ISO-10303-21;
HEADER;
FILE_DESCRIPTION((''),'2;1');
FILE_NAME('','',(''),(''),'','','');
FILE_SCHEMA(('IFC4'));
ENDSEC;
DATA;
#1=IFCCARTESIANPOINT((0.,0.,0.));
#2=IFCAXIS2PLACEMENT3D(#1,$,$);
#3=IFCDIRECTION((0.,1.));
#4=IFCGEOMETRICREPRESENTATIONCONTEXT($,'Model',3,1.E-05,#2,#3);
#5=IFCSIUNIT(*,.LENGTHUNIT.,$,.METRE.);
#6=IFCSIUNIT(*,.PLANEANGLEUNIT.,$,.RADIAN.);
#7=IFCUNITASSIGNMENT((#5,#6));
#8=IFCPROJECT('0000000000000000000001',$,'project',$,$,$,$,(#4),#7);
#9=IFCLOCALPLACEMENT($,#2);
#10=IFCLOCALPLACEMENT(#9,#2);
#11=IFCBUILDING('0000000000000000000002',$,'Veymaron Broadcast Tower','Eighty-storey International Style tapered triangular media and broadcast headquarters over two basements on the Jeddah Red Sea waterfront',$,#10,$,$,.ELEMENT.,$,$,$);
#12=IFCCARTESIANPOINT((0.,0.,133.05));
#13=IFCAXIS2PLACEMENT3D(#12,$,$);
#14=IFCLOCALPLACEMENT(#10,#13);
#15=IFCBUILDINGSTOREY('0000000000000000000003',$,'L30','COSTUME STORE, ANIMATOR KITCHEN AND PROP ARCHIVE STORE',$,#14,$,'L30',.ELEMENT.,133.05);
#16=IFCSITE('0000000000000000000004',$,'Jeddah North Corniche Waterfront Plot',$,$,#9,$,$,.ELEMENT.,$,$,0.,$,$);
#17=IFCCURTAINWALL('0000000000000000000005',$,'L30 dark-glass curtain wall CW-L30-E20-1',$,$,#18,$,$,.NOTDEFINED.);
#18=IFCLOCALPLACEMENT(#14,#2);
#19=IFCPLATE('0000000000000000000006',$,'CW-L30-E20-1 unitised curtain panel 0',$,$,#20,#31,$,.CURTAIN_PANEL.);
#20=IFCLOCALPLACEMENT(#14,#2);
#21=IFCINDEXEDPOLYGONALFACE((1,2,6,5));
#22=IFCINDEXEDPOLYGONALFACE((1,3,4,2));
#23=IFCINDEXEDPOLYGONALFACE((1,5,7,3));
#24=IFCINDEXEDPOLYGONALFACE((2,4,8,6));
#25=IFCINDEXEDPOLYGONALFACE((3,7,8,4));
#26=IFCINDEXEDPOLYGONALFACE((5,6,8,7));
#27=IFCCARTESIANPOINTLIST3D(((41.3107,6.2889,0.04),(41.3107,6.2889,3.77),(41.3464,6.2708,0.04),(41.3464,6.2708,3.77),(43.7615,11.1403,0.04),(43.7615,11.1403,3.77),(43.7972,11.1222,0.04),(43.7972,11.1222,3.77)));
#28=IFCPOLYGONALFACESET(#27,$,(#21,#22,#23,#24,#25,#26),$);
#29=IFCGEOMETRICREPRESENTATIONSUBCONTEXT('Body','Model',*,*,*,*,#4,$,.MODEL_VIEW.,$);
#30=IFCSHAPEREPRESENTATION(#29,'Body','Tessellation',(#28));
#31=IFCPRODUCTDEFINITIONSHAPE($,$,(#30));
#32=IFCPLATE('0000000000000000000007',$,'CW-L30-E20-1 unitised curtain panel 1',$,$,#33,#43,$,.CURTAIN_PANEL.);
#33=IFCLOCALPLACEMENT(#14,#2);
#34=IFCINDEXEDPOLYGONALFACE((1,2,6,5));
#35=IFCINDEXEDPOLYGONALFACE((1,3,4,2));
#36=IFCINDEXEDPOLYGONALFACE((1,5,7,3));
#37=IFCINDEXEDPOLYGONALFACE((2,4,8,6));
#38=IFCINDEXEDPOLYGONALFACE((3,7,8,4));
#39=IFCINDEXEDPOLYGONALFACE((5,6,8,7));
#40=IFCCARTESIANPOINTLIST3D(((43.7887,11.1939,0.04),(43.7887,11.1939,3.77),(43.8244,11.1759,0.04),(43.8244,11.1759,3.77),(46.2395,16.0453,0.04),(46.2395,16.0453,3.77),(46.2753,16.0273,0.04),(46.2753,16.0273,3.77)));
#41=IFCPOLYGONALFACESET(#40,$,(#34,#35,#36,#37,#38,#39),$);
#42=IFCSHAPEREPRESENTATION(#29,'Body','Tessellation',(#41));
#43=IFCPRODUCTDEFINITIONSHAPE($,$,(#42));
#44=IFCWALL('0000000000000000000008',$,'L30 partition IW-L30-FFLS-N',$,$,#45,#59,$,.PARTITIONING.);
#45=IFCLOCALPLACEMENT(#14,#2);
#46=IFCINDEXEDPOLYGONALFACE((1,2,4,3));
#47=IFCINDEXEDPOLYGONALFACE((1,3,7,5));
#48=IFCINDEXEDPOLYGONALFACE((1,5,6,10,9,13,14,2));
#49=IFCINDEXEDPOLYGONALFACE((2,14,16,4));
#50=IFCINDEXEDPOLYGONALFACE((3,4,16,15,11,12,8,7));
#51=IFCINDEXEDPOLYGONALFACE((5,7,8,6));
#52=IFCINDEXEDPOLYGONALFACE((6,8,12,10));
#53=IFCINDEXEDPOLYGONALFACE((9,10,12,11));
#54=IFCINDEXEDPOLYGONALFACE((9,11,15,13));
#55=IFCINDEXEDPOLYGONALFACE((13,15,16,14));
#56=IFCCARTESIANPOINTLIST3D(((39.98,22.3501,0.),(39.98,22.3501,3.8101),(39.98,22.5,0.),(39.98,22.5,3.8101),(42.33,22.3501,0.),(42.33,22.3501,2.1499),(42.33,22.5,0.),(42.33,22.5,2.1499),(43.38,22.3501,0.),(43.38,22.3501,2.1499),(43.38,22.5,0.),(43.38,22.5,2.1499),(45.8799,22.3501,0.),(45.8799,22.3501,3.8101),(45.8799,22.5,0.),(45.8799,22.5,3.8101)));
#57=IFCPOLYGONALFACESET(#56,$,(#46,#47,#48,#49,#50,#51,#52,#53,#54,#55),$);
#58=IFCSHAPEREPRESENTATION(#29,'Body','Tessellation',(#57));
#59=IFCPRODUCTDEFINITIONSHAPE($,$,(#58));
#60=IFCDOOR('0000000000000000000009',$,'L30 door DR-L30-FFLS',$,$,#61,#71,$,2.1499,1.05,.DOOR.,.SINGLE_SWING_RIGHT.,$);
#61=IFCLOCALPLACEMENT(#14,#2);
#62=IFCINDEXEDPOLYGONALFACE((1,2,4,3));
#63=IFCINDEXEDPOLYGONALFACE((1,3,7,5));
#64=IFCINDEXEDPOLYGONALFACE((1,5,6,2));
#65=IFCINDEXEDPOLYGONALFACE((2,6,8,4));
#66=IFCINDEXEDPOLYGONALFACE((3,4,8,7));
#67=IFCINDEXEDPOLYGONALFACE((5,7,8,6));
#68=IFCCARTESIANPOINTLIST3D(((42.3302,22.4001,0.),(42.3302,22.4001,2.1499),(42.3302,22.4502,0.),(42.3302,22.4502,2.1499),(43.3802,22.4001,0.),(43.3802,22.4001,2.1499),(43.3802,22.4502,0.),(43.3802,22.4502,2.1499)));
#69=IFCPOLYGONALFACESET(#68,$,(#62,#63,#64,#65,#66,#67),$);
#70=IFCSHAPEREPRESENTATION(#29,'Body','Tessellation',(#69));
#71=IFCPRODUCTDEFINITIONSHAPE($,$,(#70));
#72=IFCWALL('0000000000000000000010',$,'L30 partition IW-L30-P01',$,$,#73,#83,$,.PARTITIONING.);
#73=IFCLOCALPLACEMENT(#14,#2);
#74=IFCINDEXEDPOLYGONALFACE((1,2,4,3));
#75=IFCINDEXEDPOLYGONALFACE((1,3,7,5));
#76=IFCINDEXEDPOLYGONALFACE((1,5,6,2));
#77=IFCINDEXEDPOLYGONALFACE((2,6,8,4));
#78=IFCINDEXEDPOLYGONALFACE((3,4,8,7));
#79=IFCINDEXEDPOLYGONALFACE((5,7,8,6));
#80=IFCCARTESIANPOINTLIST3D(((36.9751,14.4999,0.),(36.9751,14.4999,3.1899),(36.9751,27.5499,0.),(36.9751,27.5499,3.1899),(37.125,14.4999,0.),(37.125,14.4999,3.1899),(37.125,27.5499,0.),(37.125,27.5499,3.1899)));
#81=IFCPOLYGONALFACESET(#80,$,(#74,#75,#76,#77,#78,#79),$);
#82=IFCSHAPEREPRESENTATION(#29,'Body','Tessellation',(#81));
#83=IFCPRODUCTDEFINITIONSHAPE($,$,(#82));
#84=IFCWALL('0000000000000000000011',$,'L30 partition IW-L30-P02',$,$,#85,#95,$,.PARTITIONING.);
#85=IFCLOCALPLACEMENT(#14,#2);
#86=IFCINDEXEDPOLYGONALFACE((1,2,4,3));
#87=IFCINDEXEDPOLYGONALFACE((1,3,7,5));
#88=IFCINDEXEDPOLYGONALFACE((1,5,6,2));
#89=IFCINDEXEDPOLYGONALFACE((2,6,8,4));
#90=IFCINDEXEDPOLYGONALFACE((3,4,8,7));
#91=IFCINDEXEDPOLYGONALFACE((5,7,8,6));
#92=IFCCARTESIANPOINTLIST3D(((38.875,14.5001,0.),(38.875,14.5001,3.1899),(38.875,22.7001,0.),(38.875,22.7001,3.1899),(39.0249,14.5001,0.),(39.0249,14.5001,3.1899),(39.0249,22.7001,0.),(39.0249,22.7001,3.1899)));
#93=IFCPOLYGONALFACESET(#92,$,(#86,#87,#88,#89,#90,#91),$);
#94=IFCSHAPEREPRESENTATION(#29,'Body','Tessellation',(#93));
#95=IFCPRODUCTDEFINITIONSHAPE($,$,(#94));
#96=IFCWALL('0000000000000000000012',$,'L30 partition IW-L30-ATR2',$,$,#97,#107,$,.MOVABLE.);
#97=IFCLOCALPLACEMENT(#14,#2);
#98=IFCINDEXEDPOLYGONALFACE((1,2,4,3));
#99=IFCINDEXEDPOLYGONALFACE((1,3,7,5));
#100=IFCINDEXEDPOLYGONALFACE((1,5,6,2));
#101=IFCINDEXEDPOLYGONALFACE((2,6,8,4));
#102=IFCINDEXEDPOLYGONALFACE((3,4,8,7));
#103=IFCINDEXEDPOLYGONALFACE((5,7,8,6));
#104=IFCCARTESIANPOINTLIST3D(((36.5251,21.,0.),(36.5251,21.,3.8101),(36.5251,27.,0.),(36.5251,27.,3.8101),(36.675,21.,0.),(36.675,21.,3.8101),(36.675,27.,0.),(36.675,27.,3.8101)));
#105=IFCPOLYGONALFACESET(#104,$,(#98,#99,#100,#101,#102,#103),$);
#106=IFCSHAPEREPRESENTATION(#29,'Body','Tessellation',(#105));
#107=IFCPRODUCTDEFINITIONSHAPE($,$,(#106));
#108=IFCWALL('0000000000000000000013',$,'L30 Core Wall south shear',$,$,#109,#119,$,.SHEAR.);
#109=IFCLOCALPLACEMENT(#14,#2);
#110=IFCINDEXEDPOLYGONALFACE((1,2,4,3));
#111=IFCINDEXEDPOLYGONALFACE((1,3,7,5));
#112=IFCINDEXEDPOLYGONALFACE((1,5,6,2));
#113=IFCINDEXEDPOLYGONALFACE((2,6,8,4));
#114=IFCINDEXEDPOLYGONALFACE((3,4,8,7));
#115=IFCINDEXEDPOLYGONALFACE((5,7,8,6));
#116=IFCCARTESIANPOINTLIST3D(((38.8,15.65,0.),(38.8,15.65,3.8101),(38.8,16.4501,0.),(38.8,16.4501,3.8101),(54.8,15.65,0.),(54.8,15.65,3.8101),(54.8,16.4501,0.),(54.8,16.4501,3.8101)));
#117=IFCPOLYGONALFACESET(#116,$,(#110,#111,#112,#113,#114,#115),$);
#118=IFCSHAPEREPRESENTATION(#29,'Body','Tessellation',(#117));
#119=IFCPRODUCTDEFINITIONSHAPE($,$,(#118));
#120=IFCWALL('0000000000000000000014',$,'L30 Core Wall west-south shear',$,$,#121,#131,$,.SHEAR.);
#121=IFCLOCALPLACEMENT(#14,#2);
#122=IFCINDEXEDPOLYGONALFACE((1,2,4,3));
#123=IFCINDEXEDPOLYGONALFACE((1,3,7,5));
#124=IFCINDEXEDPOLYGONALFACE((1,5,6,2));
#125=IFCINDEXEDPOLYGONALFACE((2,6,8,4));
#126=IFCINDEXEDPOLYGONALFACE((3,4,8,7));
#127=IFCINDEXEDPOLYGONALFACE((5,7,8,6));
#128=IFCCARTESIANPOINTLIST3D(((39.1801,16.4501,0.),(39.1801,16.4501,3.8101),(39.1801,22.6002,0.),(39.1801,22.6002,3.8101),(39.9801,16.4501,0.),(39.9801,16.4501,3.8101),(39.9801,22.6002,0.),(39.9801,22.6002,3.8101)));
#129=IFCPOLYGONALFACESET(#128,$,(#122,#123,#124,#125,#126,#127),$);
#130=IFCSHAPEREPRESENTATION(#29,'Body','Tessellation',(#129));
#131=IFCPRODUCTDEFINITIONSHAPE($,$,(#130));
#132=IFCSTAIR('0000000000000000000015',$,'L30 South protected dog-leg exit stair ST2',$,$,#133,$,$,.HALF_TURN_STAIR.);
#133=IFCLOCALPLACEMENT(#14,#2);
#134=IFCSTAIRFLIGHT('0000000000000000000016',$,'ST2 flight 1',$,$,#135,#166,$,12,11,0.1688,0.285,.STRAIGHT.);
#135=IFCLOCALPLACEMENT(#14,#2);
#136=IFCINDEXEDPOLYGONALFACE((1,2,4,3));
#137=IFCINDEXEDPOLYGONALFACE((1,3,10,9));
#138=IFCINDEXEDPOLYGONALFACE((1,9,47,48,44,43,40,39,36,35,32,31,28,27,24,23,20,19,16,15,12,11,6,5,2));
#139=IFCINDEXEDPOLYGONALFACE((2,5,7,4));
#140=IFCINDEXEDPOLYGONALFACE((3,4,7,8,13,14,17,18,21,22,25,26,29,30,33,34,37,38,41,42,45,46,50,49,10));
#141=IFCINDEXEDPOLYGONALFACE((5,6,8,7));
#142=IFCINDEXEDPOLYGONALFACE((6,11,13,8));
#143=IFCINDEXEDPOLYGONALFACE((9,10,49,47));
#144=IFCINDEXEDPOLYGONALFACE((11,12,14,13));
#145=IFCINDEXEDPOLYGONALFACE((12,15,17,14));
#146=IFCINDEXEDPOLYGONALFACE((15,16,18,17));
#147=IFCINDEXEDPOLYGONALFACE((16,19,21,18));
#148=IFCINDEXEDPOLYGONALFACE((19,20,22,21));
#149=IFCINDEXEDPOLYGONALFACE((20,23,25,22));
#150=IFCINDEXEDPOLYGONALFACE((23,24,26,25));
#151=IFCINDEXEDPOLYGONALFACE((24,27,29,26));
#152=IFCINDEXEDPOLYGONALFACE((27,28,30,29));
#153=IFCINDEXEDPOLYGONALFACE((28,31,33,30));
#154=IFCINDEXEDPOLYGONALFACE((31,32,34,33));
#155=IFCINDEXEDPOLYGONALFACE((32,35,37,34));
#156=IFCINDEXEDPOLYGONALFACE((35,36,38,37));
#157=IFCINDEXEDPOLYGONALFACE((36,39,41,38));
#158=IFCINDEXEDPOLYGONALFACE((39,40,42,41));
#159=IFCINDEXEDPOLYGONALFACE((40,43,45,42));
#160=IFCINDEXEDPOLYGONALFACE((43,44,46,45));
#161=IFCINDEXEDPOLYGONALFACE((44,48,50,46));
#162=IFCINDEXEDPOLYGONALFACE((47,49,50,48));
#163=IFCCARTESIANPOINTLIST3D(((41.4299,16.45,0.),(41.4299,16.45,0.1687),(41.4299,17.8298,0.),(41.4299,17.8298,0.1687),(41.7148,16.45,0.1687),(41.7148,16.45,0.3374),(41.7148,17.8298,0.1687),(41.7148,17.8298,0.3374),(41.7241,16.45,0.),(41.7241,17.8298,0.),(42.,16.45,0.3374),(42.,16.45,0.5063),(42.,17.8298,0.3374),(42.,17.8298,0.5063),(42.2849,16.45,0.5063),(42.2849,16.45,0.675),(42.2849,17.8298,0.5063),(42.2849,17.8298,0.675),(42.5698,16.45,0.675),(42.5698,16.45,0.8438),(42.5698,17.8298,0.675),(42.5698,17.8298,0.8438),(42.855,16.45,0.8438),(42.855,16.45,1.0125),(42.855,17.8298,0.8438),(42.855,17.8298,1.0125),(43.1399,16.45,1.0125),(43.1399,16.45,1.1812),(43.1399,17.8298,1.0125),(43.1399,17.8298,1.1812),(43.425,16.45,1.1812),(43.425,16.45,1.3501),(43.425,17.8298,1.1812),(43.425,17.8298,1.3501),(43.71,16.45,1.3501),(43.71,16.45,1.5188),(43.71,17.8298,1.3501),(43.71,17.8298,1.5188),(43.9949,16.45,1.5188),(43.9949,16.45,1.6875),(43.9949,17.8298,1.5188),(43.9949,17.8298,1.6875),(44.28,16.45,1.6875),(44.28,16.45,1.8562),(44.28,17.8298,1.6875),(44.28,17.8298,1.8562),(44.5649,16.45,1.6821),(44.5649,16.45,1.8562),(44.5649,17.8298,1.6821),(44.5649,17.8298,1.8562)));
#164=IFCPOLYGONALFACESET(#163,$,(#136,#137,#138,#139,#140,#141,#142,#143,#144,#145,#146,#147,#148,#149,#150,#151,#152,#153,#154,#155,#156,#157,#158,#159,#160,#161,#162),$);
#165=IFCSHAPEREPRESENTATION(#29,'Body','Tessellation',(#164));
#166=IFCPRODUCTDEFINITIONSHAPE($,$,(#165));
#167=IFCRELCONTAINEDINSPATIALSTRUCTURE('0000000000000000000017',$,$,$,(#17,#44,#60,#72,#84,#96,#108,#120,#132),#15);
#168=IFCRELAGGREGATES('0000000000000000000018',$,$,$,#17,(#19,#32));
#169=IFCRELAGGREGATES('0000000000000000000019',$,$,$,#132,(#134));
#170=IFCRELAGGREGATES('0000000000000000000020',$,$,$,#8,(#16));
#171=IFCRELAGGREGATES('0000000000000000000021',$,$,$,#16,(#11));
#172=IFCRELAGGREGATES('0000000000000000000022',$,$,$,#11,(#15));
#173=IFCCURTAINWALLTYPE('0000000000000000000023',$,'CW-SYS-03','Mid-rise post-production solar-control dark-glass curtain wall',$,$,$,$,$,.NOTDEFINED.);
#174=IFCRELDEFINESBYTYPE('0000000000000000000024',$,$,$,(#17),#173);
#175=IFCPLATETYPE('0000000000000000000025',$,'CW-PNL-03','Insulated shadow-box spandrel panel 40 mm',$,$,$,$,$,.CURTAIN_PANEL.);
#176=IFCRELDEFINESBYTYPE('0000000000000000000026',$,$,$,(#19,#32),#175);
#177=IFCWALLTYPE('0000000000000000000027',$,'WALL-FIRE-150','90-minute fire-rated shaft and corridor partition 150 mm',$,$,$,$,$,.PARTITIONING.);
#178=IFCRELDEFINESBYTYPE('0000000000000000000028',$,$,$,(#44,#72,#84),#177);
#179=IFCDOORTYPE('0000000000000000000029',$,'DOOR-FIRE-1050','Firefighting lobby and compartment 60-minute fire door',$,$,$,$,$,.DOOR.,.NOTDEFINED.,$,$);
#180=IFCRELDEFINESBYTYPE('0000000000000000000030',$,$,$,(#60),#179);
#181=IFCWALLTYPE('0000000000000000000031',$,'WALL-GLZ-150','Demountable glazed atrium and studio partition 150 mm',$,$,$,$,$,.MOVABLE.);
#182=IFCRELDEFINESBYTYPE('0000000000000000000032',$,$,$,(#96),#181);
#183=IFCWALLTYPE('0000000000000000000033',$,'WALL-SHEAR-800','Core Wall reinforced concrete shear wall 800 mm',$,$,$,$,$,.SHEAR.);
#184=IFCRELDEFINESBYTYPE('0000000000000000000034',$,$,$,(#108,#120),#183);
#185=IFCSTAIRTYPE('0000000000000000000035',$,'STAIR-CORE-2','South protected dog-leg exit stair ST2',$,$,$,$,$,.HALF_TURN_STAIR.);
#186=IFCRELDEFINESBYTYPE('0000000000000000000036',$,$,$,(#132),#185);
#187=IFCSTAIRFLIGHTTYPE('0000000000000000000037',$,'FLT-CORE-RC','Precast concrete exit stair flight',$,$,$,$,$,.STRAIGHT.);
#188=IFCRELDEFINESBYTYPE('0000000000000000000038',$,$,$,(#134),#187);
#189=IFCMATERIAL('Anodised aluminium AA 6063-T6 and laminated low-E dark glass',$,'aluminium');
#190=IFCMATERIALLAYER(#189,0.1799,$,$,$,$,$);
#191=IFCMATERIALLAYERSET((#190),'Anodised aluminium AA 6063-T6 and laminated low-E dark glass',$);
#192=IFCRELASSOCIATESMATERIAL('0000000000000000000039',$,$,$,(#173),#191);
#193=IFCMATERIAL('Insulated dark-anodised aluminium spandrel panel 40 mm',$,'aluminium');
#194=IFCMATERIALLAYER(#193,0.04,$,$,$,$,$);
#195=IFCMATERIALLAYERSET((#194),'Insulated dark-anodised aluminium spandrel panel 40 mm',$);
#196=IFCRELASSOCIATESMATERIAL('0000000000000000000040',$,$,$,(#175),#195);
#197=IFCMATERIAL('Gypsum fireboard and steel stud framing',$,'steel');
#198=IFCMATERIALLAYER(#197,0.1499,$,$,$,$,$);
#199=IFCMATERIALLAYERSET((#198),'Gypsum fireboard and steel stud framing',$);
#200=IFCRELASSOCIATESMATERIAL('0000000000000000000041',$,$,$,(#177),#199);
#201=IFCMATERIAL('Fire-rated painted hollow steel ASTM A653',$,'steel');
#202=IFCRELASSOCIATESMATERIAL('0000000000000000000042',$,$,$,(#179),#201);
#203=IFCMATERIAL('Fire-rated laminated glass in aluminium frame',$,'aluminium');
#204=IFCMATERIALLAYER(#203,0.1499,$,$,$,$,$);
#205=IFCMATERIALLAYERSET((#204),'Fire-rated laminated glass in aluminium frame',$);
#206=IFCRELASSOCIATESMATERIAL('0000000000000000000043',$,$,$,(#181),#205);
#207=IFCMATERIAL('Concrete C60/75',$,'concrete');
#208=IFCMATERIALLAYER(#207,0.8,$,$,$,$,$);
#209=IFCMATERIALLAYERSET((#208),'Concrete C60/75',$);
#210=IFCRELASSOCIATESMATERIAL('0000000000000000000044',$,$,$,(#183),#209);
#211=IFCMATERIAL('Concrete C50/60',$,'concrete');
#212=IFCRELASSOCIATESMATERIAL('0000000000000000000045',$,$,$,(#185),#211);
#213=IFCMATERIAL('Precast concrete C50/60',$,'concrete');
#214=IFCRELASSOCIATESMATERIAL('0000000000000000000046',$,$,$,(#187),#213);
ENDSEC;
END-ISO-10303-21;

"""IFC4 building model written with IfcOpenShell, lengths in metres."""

from ifc_helpers import new_model, si_unit, direction, frame, frame_2d, origin, origin_2d, place, context, subcontext, project, spatial, polyline, rectangle, outline, extrude, material, layer, layer_set, type_object, element, fill, aggregate, save


model = new_model("IFC4")

# Units and contexts
model_context = context("Model", 3, precision=1e-05, world=origin(), true_north=direction((0.0, 1.0)))
body_context = subcontext(model_context, "Body", "Model", "MODEL_VIEW")
ifc_project = project(units=[si_unit("LENGTHUNIT", "METRE"), si_unit("PLANEANGLEUNIT", "RADIAN")], contexts=[model_context])

# Site, building, storey
site_placement = place(None, origin())
site = spatial("IfcSite", under=ifc_project, at=site_placement, Name="Jeddah North Corniche Waterfront Plot", CompositionType="ELEMENT", RefElevation=0.0)
building_placement = place(site_placement, origin())
building = spatial("IfcBuilding", under=site, at=building_placement, Name="Veymaron Broadcast Tower", Description="Eighty-storey International Style tapered triangular media and broadcast headquarters over two basements on the Jeddah Red Sea waterfront", CompositionType="ELEMENT")
storey_placement = place(building_placement, frame((0.0, 0.0, 133.05)))
storey = spatial("IfcBuildingStorey", under=building, at=storey_placement, Name="L30", Description="COSTUME STORE, ANIMATOR KITCHEN AND PROP ARCHIVE STORE", LongName="L30", CompositionType="ELEMENT", Elevation=133.05)

# Curtain wall, plates
ifc_material_1 = material(Name="Anodised aluminium AA 6063-T6 and laminated low-E dark glass", Category="aluminium")
ifc_layer_1 = layer(ifc_material_1, 0.1799)
ifc_layer_set_1 = layer_set([ifc_layer_1], Name="Anodised aluminium AA 6063-T6 and laminated low-E dark glass")
curtain_wall_type = type_object("IfcCurtainWallType", Name="CW-SYS-03", Description="Mid-rise post-production solar-control dark-glass curtain wall", PredefinedType="NOTDEFINED", material=ifc_layer_set_1)
curtain_wall_placement = place(storey_placement, origin())
curtain_wall = element("IfcCurtainWall", 1, at=curtain_wall_placement, inside=storey, type_object=curtain_wall_type, Name="L30 dark-glass curtain wall CW-L30-E20-1", PredefinedType="NOTDEFINED")
ifc_material_2 = material(Name="Insulated dark-anodised aluminium spandrel panel 40 mm", Category="aluminium")
ifc_layer_2 = layer(ifc_material_2, 0.04)
ifc_layer_set_2 = layer_set([ifc_layer_2], Name="Insulated dark-anodised aluminium spandrel panel 40 mm")
plate_type = type_object("IfcPlateType", Name="CW-PNL-03", Description="Insulated shadow-box spandrel panel 40 mm", PredefinedType="CURTAIN_PANEL", material=ifc_layer_set_2)
plate_1_placement = place(storey_placement, frame((42.554, 8.7056, 0.04), z_axis=(0.0, 0.0, 1.0), x_axis=(0.450909, 0.89257, 0.0)))
plate_1 = element("IfcPlate", 2, at=plate_1_placement, type_object=plate_type, Name="CW-L30-E20-1 unitised curtain panel 0", PredefinedType="CURTAIN_PANEL", context=body_context, shape_type="SweptSolid", body=[
    extrude(rectangle(XDim=5.4353, YDim=0.04, at=origin_2d()), origin(), (0.0, 0.0, 1.0), 3.73),
])
plate_2_placement = place(storey_placement, frame((45.032, 13.6106, 0.04), z_axis=(0.0, 0.0, 1.0), x_axis=(0.450909, 0.89257, 0.0)))
plate_2 = element("IfcPlate", 3, at=plate_2_placement, type_object=plate_type, Name="CW-L30-E20-1 unitised curtain panel 1", PredefinedType="CURTAIN_PANEL", context=body_context, shape_type="SweptSolid", body=[
    extrude(rectangle(XDim=5.4353, YDim=0.04, at=origin_2d()), origin(), (0.0, 0.0, 1.0), 3.73),
])
aggregate(curtain_wall, [plate_1, plate_2])

# Wall, opening, door
ifc_material_3 = material(Name="Gypsum fireboard and steel stud framing", Category="steel")
ifc_layer_3 = layer(ifc_material_3, 0.1499)
ifc_layer_set_3 = layer_set([ifc_layer_3], Name="Gypsum fireboard and steel stud framing")
wall_type_1 = type_object("IfcWallType", Name="WALL-FIRE-150", Description="90-minute fire-rated shaft and corridor partition 150 mm", PredefinedType="PARTITIONING", material=ifc_layer_set_3)
wall_1_placement = place(storey_placement, frame((39.98, 22.425, 0.0), z_axis=(0.0, 0.0, 1.0), x_axis=(1.0, 0.0, 0.0)))
wall_1 = element("IfcWall", 4, at=wall_1_placement, inside=storey, type_object=wall_type_1, Name="L30 partition IW-L30-FFLS-N", PredefinedType="PARTITIONING", context=body_context, shape_type="SweptSolid", body=[
    extrude(rectangle(XDim=5.8999, YDim=0.1499, at=frame_2d((2.95, 0.0))), origin(), (0.0, 0.0, 1.0), 3.8101),
])
opening_1_placement = place(wall_1_placement, frame((2.3501, 0.0, 0.0)))
opening_1 = element("IfcOpeningElement", 5, at=opening_1_placement, cuts=wall_1, PredefinedType="OPENING", context=body_context, shape_type="SweptSolid", body=[
    extrude(rectangle(XDim=1.05, YDim=2.1499, at=frame_2d((0.5249, 1.075))), frame((0.0, 0.085, 0.0), z_axis=(0.0, -1.0, 0.0), x_axis=(1.0, 0.0, 0.0)), (0.0, 0.0, 1.0), 0.1699),
])
ifc_material_4 = material(Name="Fire-rated painted hollow steel ASTM A653", Category="steel")
door_type_1 = type_object("IfcDoorType", Name="DOOR-FIRE-1050", Description="Firefighting lobby and compartment 60-minute fire door", OperationType="NOTDEFINED", PredefinedType="DOOR", material=ifc_material_4)
door_1_placement = place(opening_1_placement, frame((1.05, 0.0, 0.0), z_axis=(0.0, 0.0, 1.0), x_axis=(-1.0, 0.0, 0.0)))
door_1 = element("IfcDoor", 6, at=door_1_placement, inside=storey, type_object=door_type_1, Name="L30 door DR-L30-FFLS", OperationType="SINGLE_SWING_RIGHT", OverallHeight=2.1499, OverallWidth=1.05, PredefinedType="DOOR", context=body_context, shape_type="SweptSolid", body=[
    extrude(rectangle(XDim=1.05, YDim=2.1499, at=frame_2d((0.5249, 1.075))), frame((0.0, 0.0249, 0.0), z_axis=(0.0, -1.0, 0.0), x_axis=(1.0, 0.0, 0.0)), (0.0, 0.0, 1.0), 0.05),
])
fill(opening_1, door_1)

# Walls
wall_2_placement = place(storey_placement, frame((37.05, 14.5, 0.0), z_axis=(0.0, 0.0, 1.0), x_axis=(0.0, 1.0, 0.0)))
element("IfcWall", 7, at=wall_2_placement, inside=storey, type_object=wall_type_1, Name="L30 partition IW-L30-P01", PredefinedType="PARTITIONING", context=body_context, shape_type="SweptSolid", body=[
    extrude(rectangle(XDim=13.05, YDim=0.1499, at=frame_2d((6.5249, 0.0))), origin(), (0.0, 0.0, 1.0), 3.1899),
])
wall_3_placement = place(storey_placement, frame((38.95, 14.5, 0.0), z_axis=(0.0, 0.0, 1.0), x_axis=(0.0, 1.0, 0.0)))
element("IfcWall", 8, at=wall_3_placement, inside=storey, type_object=wall_type_1, Name="L30 partition IW-L30-P02", PredefinedType="PARTITIONING", context=body_context, shape_type="SweptSolid", body=[
    extrude(rectangle(XDim=8.2, YDim=0.1499, at=frame_2d((4.1001, 0.0))), origin(), (0.0, 0.0, 1.0), 3.1899),
])
ifc_material_5 = material(Name="Fire-rated laminated glass in aluminium frame", Category="aluminium")
ifc_layer_4 = layer(ifc_material_5, 0.1499)
ifc_layer_set_4 = layer_set([ifc_layer_4], Name="Fire-rated laminated glass in aluminium frame")
wall_type_2 = type_object("IfcWallType", Name="WALL-GLZ-150", Description="Demountable glazed atrium and studio partition 150 mm", PredefinedType="MOVABLE", material=ifc_layer_set_4)
wall_4_placement = place(storey_placement, frame((36.6001, 21.0, 0.0), z_axis=(0.0, 0.0, 1.0), x_axis=(0.0, 1.0, 0.0)))
element("IfcWall", 9, at=wall_4_placement, inside=storey, type_object=wall_type_2, Name="L30 partition IW-L30-ATR2", PredefinedType="MOVABLE", context=body_context, shape_type="SweptSolid", body=[
    extrude(rectangle(XDim=6.0, YDim=0.1499, at=frame_2d((3.0, 0.0))), origin(), (0.0, 0.0, 1.0), 3.8101),
])

# Shared definitions
ifc_material_6 = material(Name="Concrete C50/60", Category="concrete")

# Walls
ifc_material_7 = material(Name="Concrete C60/75", Category="concrete")
ifc_layer_5 = layer(ifc_material_7, 0.8)
ifc_layer_set_5 = layer_set([ifc_layer_5], Name="Concrete C60/75")
wall_type_3 = type_object("IfcWallType", Name="WALL-SHEAR-800", Description="Core Wall reinforced concrete shear wall 800 mm", PredefinedType="SHEAR", material=ifc_layer_set_5)
wall_5_placement = place(storey_placement, frame((38.8, 16.05, 0.0), z_axis=(0.0, 0.0, 1.0), x_axis=(1.0, 0.0, 0.0)))
element("IfcWall", 10, at=wall_5_placement, inside=storey, type_object=wall_type_3, Name="L30 Core Wall south shear", PredefinedType="SHEAR", context=body_context, shape_type="SweptSolid", body=[
    extrude(rectangle(XDim=16.0, YDim=0.8, at=frame_2d((8.0, 0.0))), origin(), (0.0, 0.0, 1.0), 3.8101),
])
wall_6_placement = place(storey_placement, frame((39.5801, 16.45, 0.0), z_axis=(0.0, 0.0, 1.0), x_axis=(0.0, 1.0, 0.0)))
element("IfcWall", 11, at=wall_6_placement, inside=storey, type_object=wall_type_3, Name="L30 Core Wall west-south shear", PredefinedType="SHEAR", context=body_context, shape_type="SweptSolid", body=[
    extrude(rectangle(XDim=6.1501, YDim=0.8, at=frame_2d((3.0752, 0.0))), origin(), (0.0, 0.0, 1.0), 3.8101),
])

# Stair, stair flight
stair_type = type_object("IfcStairType", Name="STAIR-CORE-2", Description="South protected dog-leg exit stair ST2", PredefinedType="HALF_TURN_STAIR", material=ifc_material_6)
stair_placement = place(storey_placement, origin())
stair = element("IfcStair", 12, at=stair_placement, inside=storey, type_object=stair_type, Name="L30 South protected dog-leg exit stair ST2", PredefinedType="HALF_TURN_STAIR")
ifc_material_8 = material(Name="Precast concrete C50/60", Category="concrete")
stair_flight_type = type_object("IfcStairFlightType", Name="FLT-CORE-RC", Description="Precast concrete exit stair flight", PredefinedType="STRAIGHT", material=ifc_material_8)
stair_flight_1_placement = place(storey_placement, frame((41.4299, 17.1399, 0.0), z_axis=(0.0, 0.0, 1.0), x_axis=(1.0, 0.0, 0.0)))
stair_flight_1 = element("IfcStairFlight", 13, at=stair_flight_1_placement, type_object=stair_flight_type, Name="ST2 flight 1", NumberOfRisers=12, NumberOfTreads=11, PredefinedType="STRAIGHT", RiserHeight=0.1688, TreadLength=0.285, context=body_context, shape_type="SweptSolid", body=[
    extrude(outline(polyline([(0.0, 0.0), (0.0, 0.1687), (0.2849, 0.1687), (0.2849, 0.3374), (0.5701, 0.3374), (0.5701, 0.5063), (0.855, 0.5063), (0.855, 0.675), (1.1399, 0.675), (1.1399, 0.8438), (1.425, 0.8438), (1.425, 1.0125), (1.71, 1.0125), (1.71, 1.1812), (1.9951, 1.1812), (1.9951, 1.3501), (2.28, 1.3501), (2.28, 1.5188), (2.5649, 1.5188), (2.5649, 1.6875), (2.8501, 1.6875), (2.8501, 1.8562), (3.135, 1.8562), (3.135, 2.0249), (3.135, 1.6821), (0.2942, 0.0), (0.0, 0.0)])), frame((0.0, 0.6899, 0.0), z_axis=(0.0, -1.0, 0.0), x_axis=(1.0, 0.0, 0.0)), (0.0, 0.0, 1.0), 1.3799),
])
aggregate(stair, [stair_flight_1])

save(model, "model.ifc")
